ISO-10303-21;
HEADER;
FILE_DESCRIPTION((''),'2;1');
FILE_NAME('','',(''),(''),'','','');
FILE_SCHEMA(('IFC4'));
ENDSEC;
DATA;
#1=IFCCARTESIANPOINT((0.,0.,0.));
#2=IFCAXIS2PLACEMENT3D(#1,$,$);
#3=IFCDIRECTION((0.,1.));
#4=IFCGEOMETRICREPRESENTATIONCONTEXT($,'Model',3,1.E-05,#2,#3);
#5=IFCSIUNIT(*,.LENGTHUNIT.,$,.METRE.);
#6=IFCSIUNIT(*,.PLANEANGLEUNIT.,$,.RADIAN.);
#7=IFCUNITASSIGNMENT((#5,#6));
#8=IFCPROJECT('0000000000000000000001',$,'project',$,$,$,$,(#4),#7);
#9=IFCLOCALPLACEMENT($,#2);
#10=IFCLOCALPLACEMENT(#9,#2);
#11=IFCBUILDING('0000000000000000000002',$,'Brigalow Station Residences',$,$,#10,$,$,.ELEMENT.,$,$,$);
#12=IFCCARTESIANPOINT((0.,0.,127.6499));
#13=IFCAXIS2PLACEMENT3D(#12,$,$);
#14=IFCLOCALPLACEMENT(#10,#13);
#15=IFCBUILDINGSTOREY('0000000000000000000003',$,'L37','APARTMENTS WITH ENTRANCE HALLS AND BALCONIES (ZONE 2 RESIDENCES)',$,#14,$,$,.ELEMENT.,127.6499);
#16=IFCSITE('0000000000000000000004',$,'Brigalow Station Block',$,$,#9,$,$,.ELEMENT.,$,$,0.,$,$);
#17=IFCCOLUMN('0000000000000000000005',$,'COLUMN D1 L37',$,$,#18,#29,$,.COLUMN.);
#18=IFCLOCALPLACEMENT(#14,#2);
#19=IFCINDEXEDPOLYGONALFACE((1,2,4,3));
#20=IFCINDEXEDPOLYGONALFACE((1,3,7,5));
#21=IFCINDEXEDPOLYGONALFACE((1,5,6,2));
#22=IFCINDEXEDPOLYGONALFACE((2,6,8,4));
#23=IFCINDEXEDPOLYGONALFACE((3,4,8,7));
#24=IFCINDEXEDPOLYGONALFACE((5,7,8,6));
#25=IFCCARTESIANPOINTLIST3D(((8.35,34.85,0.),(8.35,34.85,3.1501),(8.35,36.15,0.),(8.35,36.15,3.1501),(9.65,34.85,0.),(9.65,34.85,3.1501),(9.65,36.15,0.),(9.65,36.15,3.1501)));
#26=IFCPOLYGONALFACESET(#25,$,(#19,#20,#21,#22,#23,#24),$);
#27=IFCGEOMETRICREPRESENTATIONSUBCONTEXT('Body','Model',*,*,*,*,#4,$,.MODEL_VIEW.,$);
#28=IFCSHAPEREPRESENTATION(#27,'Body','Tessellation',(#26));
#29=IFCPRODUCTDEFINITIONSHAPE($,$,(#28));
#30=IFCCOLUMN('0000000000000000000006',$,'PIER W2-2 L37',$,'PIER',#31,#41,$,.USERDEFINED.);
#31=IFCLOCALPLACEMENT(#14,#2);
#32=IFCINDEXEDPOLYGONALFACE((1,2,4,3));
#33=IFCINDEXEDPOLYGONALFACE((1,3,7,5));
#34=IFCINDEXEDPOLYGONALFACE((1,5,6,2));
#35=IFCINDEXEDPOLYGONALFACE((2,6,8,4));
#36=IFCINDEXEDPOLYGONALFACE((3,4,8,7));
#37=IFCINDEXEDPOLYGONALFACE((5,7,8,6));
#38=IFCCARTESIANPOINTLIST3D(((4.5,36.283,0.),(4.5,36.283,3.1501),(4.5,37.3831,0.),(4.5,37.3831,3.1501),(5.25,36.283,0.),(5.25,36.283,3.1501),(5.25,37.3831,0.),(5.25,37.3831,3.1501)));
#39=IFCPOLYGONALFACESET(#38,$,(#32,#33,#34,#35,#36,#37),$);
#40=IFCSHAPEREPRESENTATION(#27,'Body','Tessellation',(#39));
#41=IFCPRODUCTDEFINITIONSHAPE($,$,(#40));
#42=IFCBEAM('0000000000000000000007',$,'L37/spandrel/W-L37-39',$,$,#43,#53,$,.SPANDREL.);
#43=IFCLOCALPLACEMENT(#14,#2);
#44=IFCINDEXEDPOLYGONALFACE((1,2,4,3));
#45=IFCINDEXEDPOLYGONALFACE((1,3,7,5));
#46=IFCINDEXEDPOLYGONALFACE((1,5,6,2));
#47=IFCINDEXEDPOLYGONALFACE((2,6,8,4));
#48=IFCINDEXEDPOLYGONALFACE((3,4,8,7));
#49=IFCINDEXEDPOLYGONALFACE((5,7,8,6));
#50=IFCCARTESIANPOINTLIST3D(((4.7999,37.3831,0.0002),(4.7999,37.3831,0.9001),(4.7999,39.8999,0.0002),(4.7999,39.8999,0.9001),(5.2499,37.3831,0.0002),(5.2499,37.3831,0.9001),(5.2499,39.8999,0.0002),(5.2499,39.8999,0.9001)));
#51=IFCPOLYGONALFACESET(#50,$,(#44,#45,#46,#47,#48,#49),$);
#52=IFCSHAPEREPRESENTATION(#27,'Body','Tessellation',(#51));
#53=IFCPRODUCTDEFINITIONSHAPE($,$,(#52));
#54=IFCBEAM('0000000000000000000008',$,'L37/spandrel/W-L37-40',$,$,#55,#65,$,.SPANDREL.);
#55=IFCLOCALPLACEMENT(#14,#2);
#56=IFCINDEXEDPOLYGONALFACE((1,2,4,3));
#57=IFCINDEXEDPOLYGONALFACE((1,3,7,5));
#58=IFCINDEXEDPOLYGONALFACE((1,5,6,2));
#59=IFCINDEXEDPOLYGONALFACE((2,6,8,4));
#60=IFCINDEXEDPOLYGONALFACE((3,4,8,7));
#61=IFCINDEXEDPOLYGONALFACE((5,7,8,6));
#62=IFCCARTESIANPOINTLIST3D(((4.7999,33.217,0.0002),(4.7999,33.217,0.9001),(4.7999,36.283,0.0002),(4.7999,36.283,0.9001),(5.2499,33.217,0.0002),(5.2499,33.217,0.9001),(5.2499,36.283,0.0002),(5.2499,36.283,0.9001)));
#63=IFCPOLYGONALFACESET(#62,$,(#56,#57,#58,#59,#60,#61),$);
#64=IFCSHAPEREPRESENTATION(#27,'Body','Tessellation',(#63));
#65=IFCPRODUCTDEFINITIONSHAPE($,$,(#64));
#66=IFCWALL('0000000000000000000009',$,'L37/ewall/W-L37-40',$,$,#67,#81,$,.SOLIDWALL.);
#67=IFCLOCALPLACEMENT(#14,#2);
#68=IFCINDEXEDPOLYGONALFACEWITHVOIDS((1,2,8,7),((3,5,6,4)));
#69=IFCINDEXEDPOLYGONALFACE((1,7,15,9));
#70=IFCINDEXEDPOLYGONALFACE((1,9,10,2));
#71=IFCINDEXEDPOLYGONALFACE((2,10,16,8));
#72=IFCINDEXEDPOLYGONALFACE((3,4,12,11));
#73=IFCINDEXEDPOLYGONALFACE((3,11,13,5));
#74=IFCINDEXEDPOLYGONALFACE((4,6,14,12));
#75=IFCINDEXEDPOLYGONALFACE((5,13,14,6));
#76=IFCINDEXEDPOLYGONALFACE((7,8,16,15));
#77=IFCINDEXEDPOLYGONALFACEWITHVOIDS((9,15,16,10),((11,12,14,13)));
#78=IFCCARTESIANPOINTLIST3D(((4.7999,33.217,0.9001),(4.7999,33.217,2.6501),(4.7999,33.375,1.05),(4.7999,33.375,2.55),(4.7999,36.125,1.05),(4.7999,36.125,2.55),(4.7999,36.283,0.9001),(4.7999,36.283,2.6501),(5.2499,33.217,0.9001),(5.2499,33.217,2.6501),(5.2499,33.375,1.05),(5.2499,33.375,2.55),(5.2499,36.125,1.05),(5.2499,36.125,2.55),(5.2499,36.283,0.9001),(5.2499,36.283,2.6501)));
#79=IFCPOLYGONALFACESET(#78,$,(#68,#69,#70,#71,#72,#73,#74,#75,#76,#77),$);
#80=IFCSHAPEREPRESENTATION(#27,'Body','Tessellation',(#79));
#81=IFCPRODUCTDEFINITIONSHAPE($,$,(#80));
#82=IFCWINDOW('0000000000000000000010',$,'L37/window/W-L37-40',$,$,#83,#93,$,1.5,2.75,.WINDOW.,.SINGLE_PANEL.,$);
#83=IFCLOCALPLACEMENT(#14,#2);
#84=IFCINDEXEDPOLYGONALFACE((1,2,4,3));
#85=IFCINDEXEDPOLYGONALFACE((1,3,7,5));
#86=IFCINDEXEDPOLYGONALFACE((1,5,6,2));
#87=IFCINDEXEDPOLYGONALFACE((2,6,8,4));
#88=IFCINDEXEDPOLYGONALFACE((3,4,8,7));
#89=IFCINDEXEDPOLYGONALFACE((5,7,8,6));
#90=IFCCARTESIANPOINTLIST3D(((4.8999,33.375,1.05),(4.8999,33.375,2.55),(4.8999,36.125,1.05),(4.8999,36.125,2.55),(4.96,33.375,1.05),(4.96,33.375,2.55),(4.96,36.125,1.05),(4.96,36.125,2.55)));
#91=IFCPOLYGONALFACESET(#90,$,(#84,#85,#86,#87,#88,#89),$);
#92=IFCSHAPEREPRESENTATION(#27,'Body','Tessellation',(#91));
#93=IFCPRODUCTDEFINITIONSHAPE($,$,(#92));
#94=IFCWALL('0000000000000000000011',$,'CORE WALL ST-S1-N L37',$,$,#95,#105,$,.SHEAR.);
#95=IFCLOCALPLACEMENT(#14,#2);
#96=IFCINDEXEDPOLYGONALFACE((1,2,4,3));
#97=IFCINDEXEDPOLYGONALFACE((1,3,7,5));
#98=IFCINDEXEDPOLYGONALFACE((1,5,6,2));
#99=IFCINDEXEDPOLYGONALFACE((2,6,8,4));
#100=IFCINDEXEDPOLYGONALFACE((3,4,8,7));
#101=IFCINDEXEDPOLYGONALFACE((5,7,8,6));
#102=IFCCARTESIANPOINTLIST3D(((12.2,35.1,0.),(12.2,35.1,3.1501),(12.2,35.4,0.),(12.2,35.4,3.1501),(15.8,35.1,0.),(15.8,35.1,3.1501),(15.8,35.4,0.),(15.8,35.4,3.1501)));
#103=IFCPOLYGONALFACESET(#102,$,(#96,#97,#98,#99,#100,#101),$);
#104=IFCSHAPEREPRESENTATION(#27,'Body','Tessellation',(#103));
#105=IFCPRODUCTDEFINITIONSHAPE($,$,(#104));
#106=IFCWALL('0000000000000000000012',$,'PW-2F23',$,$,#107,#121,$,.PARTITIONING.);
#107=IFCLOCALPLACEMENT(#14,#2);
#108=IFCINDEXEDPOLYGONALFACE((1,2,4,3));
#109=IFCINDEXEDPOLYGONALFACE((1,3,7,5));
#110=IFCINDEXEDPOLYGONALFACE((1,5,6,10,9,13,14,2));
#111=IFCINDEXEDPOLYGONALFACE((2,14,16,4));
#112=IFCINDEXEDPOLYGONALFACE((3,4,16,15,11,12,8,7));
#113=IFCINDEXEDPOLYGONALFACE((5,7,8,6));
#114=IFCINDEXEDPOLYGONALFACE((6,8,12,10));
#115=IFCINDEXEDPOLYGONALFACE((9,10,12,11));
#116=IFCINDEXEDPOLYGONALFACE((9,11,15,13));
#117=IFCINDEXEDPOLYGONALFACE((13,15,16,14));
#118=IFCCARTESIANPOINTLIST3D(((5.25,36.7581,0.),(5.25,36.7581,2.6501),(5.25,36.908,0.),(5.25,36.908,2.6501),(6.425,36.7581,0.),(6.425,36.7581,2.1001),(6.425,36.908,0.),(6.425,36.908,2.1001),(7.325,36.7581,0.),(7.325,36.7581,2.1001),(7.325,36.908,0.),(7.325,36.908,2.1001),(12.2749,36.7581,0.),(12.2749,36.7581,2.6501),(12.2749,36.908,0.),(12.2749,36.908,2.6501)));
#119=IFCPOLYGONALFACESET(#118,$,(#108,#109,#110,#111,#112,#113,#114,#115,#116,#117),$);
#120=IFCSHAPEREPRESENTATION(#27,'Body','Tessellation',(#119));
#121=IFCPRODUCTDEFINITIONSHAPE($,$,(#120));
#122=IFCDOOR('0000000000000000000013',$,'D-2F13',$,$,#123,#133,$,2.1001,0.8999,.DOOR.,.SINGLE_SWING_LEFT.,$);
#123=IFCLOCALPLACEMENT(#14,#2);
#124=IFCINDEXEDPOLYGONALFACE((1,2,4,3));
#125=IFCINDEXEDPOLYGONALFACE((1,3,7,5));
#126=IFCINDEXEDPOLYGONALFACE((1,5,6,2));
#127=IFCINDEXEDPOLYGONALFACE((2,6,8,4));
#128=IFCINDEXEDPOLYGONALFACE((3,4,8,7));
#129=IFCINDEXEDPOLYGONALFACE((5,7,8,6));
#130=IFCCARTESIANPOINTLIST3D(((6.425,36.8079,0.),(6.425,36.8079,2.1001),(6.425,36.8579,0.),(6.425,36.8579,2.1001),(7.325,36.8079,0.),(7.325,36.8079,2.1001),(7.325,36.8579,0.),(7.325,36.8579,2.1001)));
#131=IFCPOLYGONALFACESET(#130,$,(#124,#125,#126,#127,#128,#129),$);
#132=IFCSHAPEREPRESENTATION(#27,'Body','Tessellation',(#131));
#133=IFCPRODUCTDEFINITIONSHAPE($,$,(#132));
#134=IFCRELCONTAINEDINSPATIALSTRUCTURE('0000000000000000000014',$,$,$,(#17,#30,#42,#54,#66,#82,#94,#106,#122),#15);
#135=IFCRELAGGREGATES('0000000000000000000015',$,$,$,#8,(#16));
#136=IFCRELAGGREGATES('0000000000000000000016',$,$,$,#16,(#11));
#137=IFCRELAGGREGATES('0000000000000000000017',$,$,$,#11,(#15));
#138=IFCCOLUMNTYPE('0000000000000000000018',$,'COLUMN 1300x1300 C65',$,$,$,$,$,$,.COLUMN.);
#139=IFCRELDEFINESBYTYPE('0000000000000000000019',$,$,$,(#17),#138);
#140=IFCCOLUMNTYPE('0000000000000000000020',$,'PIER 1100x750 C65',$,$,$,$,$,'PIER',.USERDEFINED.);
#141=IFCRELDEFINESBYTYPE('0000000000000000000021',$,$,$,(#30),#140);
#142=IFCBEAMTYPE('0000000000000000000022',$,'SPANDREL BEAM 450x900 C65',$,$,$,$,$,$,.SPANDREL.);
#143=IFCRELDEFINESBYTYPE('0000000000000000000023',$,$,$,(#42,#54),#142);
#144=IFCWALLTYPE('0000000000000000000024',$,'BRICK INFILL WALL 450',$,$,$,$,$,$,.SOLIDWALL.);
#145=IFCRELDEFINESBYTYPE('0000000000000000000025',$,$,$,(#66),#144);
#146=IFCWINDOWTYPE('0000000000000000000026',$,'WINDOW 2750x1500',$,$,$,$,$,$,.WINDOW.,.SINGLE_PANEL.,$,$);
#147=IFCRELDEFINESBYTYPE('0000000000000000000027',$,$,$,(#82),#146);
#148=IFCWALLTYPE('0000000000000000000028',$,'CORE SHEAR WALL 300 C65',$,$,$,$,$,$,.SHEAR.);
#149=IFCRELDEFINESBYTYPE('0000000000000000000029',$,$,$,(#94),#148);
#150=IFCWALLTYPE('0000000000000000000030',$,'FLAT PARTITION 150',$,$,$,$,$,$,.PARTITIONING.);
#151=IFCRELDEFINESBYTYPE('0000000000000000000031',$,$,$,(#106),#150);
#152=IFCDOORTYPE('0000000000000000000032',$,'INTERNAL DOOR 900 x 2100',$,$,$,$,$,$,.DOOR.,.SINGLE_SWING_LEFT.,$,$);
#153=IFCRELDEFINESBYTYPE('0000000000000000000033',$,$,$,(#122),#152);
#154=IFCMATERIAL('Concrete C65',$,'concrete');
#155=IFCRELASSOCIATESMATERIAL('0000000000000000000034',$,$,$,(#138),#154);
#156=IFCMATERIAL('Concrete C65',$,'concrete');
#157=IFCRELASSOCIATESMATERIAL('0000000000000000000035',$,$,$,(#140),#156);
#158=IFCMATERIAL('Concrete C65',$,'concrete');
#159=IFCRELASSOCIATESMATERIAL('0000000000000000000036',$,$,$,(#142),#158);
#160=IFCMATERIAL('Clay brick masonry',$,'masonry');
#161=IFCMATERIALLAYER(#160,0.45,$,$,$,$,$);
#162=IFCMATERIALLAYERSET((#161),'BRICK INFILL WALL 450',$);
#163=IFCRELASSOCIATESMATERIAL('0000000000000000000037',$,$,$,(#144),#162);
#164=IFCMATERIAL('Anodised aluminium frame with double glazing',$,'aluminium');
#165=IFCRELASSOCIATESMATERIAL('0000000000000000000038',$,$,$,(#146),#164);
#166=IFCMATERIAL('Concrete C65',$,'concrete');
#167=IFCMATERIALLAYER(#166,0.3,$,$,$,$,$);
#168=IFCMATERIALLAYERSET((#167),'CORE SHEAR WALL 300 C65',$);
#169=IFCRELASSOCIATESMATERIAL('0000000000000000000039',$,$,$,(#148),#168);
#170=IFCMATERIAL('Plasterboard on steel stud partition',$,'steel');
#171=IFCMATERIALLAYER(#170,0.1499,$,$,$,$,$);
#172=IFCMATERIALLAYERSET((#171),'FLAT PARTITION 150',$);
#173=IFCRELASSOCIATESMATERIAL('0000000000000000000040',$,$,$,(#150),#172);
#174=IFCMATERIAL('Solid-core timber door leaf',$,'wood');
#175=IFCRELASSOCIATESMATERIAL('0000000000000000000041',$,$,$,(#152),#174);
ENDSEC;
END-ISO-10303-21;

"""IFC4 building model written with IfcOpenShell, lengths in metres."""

from ifc_helpers import new_model, si_unit, direction, frame, frame_2d, origin, origin_2d, place, context, subcontext, project, spatial, rectangle, extrude, material, layer, layer_set, material_profile, profile_set, type_object, element, fill, save


model = new_model("IFC4")

# Units and contexts
model_context = context("Model", 3, precision=1e-05, world=origin(), true_north=direction((0.0, 1.0)))
body_context = subcontext(model_context, "Body", "Model", "MODEL_VIEW")
ifc_project = project(units=[si_unit("LENGTHUNIT", "METRE"), si_unit("PLANEANGLEUNIT", "RADIAN")], contexts=[model_context])

# Site, building, storey
site_placement = place(None, origin())
site = spatial("IfcSite", under=ifc_project, at=site_placement, Name="Brigalow Station Block", CompositionType="ELEMENT", RefElevation=0.0)
building_placement = place(site_placement, origin())
building = spatial("IfcBuilding", under=site, at=building_placement, Name="Brigalow Station Residences", CompositionType="ELEMENT")
storey_placement = place(building_placement, frame((0.0, 0.0, 127.6499)))
storey = spatial("IfcBuildingStorey", under=building, at=storey_placement, Name="L37", Description="APARTMENTS WITH ENTRANCE HALLS AND BALCONIES (ZONE 2 RESIDENCES)", CompositionType="ELEMENT", Elevation=127.6499)

# Columns
ifc_material_1 = material(Name="Concrete C65", Category="concrete")
ifc_material_profile_1 = material_profile(ifc_material_1, rectangle(XDim=1.3, YDim=1.3, at=origin_2d()), Name="RC1300x1300")
ifc_profile_set_1 = profile_set([ifc_material_profile_1], Name="Concrete C65")
column_type_1 = type_object("IfcColumnType", Name="COLUMN 1300x1300 C65", PredefinedType="COLUMN", material=ifc_profile_set_1)
column_1_placement = place(storey_placement, frame((9.0, 35.5, 0.0), z_axis=(0.0, 0.0, 1.0), x_axis=(1.0, 0.0, 0.0)))
element("IfcColumn", 1, at=column_1_placement, inside=storey, type_object=column_type_1, Name="COLUMN D1 L37", PredefinedType="COLUMN", context=body_context, shape_type="SweptSolid", body=[
    extrude(rectangle(XDim=1.3, YDim=1.3, at=origin_2d()), origin(), (0.0, 0.0, 1.0), 3.1501),
])
ifc_material_2 = material(Name="Concrete C65", Category="concrete")
ifc_material_profile_2 = material_profile(ifc_material_2, rectangle(XDim=1.1001, YDim=0.75, at=origin_2d()), Name="RC1100x750")
ifc_profile_set_2 = profile_set([ifc_material_profile_2], Name="Concrete C65")
column_type_2 = type_object("IfcColumnType", Name="PIER 1100x750 C65", ElementType="PIER", PredefinedType="USERDEFINED", material=ifc_profile_set_2)
column_2_placement = place(storey_placement, frame((4.875, 36.833, 0.0), z_axis=(0.0, 0.0, 1.0), x_axis=(0.0, -1.0, 0.0)))
element("IfcColumn", 2, at=column_2_placement, inside=storey, type_object=column_type_2, Name="PIER W2-2 L37", ObjectType="PIER", PredefinedType="USERDEFINED", context=body_context, shape_type="SweptSolid", body=[
    extrude(rectangle(XDim=1.1001, YDim=0.75, at=origin_2d()), origin(), (0.0, 0.0, 1.0), 3.1501),
])

# Beams
ifc_material_3 = material(Name="Concrete C65", Category="concrete")
ifc_material_profile_3 = material_profile(ifc_material_3, rectangle(XDim=0.45, YDim=0.8999, at=origin_2d()), Name="RC450x900")
ifc_profile_set_3 = profile_set([ifc_material_profile_3], Name="Concrete C65")
beam_type = type_object("IfcBeamType", Name="SPANDREL BEAM 450x900 C65", PredefinedType="SPANDREL", material=ifc_profile_set_3)
beam_1_placement = place(storey_placement, frame((5.0249, 39.8999, 0.4502), z_axis=(0.0, -1.0, 0.0), x_axis=(1.0, 0.0, 0.0)))
element("IfcBeam", 3, at=beam_1_placement, inside=storey, type_object=beam_type, Name="L37/spandrel/W-L37-39", PredefinedType="SPANDREL", context=body_context, shape_type="SweptSolid", body=[
    extrude(rectangle(XDim=0.45, YDim=0.8999, at=origin_2d()), origin(), (0.0, 0.0, 1.0), 2.5168),
])
beam_2_placement = place(storey_placement, frame((5.0249, 36.283, 0.4502), z_axis=(0.0, -1.0, 0.0), x_axis=(1.0, 0.0, 0.0)))
element("IfcBeam", 4, at=beam_2_placement, inside=storey, type_object=beam_type, Name="L37/spandrel/W-L37-40", PredefinedType="SPANDREL", context=body_context, shape_type="SweptSolid", body=[
    extrude(rectangle(XDim=0.45, YDim=0.8999, at=origin_2d()), origin(), (0.0, 0.0, 1.0), 3.0659),
])

# Wall, opening, window
ifc_material_4 = material(Name="Clay brick masonry", Category="masonry")
ifc_layer_1 = layer(ifc_material_4, 0.45)
ifc_layer_set_1 = layer_set([ifc_layer_1], Name="BRICK INFILL WALL 450")
wall_type_1 = type_object("IfcWallType", Name="BRICK INFILL WALL 450", PredefinedType="SOLIDWALL", material=ifc_layer_set_1)
wall_1_placement = place(storey_placement, frame((5.0249, 36.283, 0.9001), z_axis=(0.0, 0.0, 1.0), x_axis=(0.0, -1.0, 0.0)))
wall_1 = element("IfcWall", 5, at=wall_1_placement, inside=storey, type_object=wall_type_1, Name="L37/ewall/W-L37-40", PredefinedType="SOLIDWALL", context=body_context, shape_type="SweptSolid", body=[
    extrude(rectangle(XDim=3.0659, YDim=0.45, at=frame_2d((1.533, 0.0))), origin(), (0.0, 0.0, 1.0), 1.75),
])
opening_1_placement = place(wall_1_placement, frame((0.158, 0.0, 0.1499)))
opening_1 = element("IfcOpeningElement", 6, at=opening_1_placement, cuts=wall_1, PredefinedType="OPENING", context=body_context, shape_type="SweptSolid", body=[
    extrude(rectangle(XDim=2.75, YDim=1.5, at=frame_2d((1.375, 0.75))), frame((0.0, 0.2349, 0.0), z_axis=(0.0, -1.0, 0.0), x_axis=(1.0, 0.0, 0.0)), (0.0, 0.0, 1.0), 0.47),
])
ifc_material_5 = material(Name="Anodised aluminium frame with double glazing", Category="aluminium")
window_type = type_object("IfcWindowType", Name="WINDOW 2750x1500", PartitioningType="SINGLE_PANEL", PredefinedType="WINDOW", material=ifc_material_5)
window_placement = place(opening_1_placement, origin())
window = element("IfcWindow", 7, at=window_placement, inside=storey, type_object=window_type, Name="L37/window/W-L37-40", OverallHeight=1.5, OverallWidth=2.75, PartitioningType="SINGLE_PANEL", PredefinedType="WINDOW", context=body_context, shape_type="SweptSolid", body=[
    extrude(rectangle(XDim=2.75, YDim=1.5, at=frame_2d((1.375, 0.75))), frame((0.0, -0.0649, 0.0), z_axis=(0.0, -1.0, 0.0), x_axis=(1.0, 0.0, 0.0)), (0.0, 0.0, 1.0), 0.0601),
])
fill(opening_1, window)

# Wall
ifc_material_6 = material(Name="Concrete C65", Category="concrete")
ifc_layer_2 = layer(ifc_material_6, 0.3)
ifc_layer_set_2 = layer_set([ifc_layer_2], Name="CORE SHEAR WALL 300 C65")
wall_type_2 = type_object("IfcWallType", Name="CORE SHEAR WALL 300 C65", PredefinedType="SHEAR", material=ifc_layer_set_2)
wall_2_placement = place(storey_placement, frame((12.2, 35.25, 0.0), z_axis=(0.0, 0.0, 1.0), x_axis=(1.0, 0.0, 0.0)))
element("IfcWall", 8, at=wall_2_placement, inside=storey, type_object=wall_type_2, Name="CORE WALL ST-S1-N L37", PredefinedType="SHEAR", context=body_context, shape_type="SweptSolid", body=[
    extrude(rectangle(XDim=3.6001, YDim=0.3, at=frame_2d((1.8, 0.0))), origin(), (0.0, 0.0, 1.0), 3.1501),
])

# Wall, opening, door
ifc_material_7 = material(Name="Plasterboard on steel stud partition", Category="steel")
ifc_layer_3 = layer(ifc_material_7, 0.1499)
ifc_layer_set_3 = layer_set([ifc_layer_3], Name="FLAT PARTITION 150")
wall_type_3 = type_object("IfcWallType", Name="FLAT PARTITION 150", PredefinedType="PARTITIONING", material=ifc_layer_set_3)
wall_3_placement = place(storey_placement, frame((5.25, 36.833, 0.0), z_axis=(0.0, 0.0, 1.0), x_axis=(1.0, 0.0, 0.0)))
wall_3 = element("IfcWall", 9, at=wall_3_placement, inside=storey, type_object=wall_type_3, Name="PW-2F23", PredefinedType="PARTITIONING", context=body_context, shape_type="SweptSolid", body=[
    extrude(rectangle(XDim=7.0249, YDim=0.1499, at=frame_2d((3.5125, 0.0))), origin(), (0.0, 0.0, 1.0), 2.6501),
])
opening_2_placement = place(wall_3_placement, frame((1.175, 0.0, 0.0)))
opening_2 = element("IfcOpeningElement", 10, at=opening_2_placement, cuts=wall_3, PredefinedType="OPENING", context=body_context, shape_type="SweptSolid", body=[
    extrude(rectangle(XDim=0.8999, YDim=2.1001, at=frame_2d((0.45, 1.05))), frame((0.0, 0.085, 0.0), z_axis=(0.0, -1.0, 0.0), x_axis=(1.0, 0.0, 0.0)), (0.0, 0.0, 1.0), 0.1699),
])
ifc_material_8 = material(Name="Solid-core timber door leaf", Category="wood")
door_type = type_object("IfcDoorType", Name="INTERNAL DOOR 900 x 2100", OperationType="SINGLE_SWING_LEFT", PredefinedType="DOOR", material=ifc_material_8)
door_1_placement = place(opening_2_placement, origin())
door_1 = element("IfcDoor", 11, at=door_1_placement, inside=storey, type_object=door_type, Name="D-2F13", OperationType="SINGLE_SWING_LEFT", OverallHeight=2.1001, OverallWidth=0.8999, PredefinedType="DOOR", context=body_context, shape_type="SweptSolid", body=[
    extrude(rectangle(XDim=0.8999, YDim=2.1001, at=frame_2d((0.45, 1.05))), frame((0.0, 0.0249, 0.0), z_axis=(0.0, -1.0, 0.0), x_axis=(1.0, 0.0, 0.0)), (0.0, 0.0, 1.0), 0.05),
])
fill(opening_2, door_1)

save(model, "model.ifc")
